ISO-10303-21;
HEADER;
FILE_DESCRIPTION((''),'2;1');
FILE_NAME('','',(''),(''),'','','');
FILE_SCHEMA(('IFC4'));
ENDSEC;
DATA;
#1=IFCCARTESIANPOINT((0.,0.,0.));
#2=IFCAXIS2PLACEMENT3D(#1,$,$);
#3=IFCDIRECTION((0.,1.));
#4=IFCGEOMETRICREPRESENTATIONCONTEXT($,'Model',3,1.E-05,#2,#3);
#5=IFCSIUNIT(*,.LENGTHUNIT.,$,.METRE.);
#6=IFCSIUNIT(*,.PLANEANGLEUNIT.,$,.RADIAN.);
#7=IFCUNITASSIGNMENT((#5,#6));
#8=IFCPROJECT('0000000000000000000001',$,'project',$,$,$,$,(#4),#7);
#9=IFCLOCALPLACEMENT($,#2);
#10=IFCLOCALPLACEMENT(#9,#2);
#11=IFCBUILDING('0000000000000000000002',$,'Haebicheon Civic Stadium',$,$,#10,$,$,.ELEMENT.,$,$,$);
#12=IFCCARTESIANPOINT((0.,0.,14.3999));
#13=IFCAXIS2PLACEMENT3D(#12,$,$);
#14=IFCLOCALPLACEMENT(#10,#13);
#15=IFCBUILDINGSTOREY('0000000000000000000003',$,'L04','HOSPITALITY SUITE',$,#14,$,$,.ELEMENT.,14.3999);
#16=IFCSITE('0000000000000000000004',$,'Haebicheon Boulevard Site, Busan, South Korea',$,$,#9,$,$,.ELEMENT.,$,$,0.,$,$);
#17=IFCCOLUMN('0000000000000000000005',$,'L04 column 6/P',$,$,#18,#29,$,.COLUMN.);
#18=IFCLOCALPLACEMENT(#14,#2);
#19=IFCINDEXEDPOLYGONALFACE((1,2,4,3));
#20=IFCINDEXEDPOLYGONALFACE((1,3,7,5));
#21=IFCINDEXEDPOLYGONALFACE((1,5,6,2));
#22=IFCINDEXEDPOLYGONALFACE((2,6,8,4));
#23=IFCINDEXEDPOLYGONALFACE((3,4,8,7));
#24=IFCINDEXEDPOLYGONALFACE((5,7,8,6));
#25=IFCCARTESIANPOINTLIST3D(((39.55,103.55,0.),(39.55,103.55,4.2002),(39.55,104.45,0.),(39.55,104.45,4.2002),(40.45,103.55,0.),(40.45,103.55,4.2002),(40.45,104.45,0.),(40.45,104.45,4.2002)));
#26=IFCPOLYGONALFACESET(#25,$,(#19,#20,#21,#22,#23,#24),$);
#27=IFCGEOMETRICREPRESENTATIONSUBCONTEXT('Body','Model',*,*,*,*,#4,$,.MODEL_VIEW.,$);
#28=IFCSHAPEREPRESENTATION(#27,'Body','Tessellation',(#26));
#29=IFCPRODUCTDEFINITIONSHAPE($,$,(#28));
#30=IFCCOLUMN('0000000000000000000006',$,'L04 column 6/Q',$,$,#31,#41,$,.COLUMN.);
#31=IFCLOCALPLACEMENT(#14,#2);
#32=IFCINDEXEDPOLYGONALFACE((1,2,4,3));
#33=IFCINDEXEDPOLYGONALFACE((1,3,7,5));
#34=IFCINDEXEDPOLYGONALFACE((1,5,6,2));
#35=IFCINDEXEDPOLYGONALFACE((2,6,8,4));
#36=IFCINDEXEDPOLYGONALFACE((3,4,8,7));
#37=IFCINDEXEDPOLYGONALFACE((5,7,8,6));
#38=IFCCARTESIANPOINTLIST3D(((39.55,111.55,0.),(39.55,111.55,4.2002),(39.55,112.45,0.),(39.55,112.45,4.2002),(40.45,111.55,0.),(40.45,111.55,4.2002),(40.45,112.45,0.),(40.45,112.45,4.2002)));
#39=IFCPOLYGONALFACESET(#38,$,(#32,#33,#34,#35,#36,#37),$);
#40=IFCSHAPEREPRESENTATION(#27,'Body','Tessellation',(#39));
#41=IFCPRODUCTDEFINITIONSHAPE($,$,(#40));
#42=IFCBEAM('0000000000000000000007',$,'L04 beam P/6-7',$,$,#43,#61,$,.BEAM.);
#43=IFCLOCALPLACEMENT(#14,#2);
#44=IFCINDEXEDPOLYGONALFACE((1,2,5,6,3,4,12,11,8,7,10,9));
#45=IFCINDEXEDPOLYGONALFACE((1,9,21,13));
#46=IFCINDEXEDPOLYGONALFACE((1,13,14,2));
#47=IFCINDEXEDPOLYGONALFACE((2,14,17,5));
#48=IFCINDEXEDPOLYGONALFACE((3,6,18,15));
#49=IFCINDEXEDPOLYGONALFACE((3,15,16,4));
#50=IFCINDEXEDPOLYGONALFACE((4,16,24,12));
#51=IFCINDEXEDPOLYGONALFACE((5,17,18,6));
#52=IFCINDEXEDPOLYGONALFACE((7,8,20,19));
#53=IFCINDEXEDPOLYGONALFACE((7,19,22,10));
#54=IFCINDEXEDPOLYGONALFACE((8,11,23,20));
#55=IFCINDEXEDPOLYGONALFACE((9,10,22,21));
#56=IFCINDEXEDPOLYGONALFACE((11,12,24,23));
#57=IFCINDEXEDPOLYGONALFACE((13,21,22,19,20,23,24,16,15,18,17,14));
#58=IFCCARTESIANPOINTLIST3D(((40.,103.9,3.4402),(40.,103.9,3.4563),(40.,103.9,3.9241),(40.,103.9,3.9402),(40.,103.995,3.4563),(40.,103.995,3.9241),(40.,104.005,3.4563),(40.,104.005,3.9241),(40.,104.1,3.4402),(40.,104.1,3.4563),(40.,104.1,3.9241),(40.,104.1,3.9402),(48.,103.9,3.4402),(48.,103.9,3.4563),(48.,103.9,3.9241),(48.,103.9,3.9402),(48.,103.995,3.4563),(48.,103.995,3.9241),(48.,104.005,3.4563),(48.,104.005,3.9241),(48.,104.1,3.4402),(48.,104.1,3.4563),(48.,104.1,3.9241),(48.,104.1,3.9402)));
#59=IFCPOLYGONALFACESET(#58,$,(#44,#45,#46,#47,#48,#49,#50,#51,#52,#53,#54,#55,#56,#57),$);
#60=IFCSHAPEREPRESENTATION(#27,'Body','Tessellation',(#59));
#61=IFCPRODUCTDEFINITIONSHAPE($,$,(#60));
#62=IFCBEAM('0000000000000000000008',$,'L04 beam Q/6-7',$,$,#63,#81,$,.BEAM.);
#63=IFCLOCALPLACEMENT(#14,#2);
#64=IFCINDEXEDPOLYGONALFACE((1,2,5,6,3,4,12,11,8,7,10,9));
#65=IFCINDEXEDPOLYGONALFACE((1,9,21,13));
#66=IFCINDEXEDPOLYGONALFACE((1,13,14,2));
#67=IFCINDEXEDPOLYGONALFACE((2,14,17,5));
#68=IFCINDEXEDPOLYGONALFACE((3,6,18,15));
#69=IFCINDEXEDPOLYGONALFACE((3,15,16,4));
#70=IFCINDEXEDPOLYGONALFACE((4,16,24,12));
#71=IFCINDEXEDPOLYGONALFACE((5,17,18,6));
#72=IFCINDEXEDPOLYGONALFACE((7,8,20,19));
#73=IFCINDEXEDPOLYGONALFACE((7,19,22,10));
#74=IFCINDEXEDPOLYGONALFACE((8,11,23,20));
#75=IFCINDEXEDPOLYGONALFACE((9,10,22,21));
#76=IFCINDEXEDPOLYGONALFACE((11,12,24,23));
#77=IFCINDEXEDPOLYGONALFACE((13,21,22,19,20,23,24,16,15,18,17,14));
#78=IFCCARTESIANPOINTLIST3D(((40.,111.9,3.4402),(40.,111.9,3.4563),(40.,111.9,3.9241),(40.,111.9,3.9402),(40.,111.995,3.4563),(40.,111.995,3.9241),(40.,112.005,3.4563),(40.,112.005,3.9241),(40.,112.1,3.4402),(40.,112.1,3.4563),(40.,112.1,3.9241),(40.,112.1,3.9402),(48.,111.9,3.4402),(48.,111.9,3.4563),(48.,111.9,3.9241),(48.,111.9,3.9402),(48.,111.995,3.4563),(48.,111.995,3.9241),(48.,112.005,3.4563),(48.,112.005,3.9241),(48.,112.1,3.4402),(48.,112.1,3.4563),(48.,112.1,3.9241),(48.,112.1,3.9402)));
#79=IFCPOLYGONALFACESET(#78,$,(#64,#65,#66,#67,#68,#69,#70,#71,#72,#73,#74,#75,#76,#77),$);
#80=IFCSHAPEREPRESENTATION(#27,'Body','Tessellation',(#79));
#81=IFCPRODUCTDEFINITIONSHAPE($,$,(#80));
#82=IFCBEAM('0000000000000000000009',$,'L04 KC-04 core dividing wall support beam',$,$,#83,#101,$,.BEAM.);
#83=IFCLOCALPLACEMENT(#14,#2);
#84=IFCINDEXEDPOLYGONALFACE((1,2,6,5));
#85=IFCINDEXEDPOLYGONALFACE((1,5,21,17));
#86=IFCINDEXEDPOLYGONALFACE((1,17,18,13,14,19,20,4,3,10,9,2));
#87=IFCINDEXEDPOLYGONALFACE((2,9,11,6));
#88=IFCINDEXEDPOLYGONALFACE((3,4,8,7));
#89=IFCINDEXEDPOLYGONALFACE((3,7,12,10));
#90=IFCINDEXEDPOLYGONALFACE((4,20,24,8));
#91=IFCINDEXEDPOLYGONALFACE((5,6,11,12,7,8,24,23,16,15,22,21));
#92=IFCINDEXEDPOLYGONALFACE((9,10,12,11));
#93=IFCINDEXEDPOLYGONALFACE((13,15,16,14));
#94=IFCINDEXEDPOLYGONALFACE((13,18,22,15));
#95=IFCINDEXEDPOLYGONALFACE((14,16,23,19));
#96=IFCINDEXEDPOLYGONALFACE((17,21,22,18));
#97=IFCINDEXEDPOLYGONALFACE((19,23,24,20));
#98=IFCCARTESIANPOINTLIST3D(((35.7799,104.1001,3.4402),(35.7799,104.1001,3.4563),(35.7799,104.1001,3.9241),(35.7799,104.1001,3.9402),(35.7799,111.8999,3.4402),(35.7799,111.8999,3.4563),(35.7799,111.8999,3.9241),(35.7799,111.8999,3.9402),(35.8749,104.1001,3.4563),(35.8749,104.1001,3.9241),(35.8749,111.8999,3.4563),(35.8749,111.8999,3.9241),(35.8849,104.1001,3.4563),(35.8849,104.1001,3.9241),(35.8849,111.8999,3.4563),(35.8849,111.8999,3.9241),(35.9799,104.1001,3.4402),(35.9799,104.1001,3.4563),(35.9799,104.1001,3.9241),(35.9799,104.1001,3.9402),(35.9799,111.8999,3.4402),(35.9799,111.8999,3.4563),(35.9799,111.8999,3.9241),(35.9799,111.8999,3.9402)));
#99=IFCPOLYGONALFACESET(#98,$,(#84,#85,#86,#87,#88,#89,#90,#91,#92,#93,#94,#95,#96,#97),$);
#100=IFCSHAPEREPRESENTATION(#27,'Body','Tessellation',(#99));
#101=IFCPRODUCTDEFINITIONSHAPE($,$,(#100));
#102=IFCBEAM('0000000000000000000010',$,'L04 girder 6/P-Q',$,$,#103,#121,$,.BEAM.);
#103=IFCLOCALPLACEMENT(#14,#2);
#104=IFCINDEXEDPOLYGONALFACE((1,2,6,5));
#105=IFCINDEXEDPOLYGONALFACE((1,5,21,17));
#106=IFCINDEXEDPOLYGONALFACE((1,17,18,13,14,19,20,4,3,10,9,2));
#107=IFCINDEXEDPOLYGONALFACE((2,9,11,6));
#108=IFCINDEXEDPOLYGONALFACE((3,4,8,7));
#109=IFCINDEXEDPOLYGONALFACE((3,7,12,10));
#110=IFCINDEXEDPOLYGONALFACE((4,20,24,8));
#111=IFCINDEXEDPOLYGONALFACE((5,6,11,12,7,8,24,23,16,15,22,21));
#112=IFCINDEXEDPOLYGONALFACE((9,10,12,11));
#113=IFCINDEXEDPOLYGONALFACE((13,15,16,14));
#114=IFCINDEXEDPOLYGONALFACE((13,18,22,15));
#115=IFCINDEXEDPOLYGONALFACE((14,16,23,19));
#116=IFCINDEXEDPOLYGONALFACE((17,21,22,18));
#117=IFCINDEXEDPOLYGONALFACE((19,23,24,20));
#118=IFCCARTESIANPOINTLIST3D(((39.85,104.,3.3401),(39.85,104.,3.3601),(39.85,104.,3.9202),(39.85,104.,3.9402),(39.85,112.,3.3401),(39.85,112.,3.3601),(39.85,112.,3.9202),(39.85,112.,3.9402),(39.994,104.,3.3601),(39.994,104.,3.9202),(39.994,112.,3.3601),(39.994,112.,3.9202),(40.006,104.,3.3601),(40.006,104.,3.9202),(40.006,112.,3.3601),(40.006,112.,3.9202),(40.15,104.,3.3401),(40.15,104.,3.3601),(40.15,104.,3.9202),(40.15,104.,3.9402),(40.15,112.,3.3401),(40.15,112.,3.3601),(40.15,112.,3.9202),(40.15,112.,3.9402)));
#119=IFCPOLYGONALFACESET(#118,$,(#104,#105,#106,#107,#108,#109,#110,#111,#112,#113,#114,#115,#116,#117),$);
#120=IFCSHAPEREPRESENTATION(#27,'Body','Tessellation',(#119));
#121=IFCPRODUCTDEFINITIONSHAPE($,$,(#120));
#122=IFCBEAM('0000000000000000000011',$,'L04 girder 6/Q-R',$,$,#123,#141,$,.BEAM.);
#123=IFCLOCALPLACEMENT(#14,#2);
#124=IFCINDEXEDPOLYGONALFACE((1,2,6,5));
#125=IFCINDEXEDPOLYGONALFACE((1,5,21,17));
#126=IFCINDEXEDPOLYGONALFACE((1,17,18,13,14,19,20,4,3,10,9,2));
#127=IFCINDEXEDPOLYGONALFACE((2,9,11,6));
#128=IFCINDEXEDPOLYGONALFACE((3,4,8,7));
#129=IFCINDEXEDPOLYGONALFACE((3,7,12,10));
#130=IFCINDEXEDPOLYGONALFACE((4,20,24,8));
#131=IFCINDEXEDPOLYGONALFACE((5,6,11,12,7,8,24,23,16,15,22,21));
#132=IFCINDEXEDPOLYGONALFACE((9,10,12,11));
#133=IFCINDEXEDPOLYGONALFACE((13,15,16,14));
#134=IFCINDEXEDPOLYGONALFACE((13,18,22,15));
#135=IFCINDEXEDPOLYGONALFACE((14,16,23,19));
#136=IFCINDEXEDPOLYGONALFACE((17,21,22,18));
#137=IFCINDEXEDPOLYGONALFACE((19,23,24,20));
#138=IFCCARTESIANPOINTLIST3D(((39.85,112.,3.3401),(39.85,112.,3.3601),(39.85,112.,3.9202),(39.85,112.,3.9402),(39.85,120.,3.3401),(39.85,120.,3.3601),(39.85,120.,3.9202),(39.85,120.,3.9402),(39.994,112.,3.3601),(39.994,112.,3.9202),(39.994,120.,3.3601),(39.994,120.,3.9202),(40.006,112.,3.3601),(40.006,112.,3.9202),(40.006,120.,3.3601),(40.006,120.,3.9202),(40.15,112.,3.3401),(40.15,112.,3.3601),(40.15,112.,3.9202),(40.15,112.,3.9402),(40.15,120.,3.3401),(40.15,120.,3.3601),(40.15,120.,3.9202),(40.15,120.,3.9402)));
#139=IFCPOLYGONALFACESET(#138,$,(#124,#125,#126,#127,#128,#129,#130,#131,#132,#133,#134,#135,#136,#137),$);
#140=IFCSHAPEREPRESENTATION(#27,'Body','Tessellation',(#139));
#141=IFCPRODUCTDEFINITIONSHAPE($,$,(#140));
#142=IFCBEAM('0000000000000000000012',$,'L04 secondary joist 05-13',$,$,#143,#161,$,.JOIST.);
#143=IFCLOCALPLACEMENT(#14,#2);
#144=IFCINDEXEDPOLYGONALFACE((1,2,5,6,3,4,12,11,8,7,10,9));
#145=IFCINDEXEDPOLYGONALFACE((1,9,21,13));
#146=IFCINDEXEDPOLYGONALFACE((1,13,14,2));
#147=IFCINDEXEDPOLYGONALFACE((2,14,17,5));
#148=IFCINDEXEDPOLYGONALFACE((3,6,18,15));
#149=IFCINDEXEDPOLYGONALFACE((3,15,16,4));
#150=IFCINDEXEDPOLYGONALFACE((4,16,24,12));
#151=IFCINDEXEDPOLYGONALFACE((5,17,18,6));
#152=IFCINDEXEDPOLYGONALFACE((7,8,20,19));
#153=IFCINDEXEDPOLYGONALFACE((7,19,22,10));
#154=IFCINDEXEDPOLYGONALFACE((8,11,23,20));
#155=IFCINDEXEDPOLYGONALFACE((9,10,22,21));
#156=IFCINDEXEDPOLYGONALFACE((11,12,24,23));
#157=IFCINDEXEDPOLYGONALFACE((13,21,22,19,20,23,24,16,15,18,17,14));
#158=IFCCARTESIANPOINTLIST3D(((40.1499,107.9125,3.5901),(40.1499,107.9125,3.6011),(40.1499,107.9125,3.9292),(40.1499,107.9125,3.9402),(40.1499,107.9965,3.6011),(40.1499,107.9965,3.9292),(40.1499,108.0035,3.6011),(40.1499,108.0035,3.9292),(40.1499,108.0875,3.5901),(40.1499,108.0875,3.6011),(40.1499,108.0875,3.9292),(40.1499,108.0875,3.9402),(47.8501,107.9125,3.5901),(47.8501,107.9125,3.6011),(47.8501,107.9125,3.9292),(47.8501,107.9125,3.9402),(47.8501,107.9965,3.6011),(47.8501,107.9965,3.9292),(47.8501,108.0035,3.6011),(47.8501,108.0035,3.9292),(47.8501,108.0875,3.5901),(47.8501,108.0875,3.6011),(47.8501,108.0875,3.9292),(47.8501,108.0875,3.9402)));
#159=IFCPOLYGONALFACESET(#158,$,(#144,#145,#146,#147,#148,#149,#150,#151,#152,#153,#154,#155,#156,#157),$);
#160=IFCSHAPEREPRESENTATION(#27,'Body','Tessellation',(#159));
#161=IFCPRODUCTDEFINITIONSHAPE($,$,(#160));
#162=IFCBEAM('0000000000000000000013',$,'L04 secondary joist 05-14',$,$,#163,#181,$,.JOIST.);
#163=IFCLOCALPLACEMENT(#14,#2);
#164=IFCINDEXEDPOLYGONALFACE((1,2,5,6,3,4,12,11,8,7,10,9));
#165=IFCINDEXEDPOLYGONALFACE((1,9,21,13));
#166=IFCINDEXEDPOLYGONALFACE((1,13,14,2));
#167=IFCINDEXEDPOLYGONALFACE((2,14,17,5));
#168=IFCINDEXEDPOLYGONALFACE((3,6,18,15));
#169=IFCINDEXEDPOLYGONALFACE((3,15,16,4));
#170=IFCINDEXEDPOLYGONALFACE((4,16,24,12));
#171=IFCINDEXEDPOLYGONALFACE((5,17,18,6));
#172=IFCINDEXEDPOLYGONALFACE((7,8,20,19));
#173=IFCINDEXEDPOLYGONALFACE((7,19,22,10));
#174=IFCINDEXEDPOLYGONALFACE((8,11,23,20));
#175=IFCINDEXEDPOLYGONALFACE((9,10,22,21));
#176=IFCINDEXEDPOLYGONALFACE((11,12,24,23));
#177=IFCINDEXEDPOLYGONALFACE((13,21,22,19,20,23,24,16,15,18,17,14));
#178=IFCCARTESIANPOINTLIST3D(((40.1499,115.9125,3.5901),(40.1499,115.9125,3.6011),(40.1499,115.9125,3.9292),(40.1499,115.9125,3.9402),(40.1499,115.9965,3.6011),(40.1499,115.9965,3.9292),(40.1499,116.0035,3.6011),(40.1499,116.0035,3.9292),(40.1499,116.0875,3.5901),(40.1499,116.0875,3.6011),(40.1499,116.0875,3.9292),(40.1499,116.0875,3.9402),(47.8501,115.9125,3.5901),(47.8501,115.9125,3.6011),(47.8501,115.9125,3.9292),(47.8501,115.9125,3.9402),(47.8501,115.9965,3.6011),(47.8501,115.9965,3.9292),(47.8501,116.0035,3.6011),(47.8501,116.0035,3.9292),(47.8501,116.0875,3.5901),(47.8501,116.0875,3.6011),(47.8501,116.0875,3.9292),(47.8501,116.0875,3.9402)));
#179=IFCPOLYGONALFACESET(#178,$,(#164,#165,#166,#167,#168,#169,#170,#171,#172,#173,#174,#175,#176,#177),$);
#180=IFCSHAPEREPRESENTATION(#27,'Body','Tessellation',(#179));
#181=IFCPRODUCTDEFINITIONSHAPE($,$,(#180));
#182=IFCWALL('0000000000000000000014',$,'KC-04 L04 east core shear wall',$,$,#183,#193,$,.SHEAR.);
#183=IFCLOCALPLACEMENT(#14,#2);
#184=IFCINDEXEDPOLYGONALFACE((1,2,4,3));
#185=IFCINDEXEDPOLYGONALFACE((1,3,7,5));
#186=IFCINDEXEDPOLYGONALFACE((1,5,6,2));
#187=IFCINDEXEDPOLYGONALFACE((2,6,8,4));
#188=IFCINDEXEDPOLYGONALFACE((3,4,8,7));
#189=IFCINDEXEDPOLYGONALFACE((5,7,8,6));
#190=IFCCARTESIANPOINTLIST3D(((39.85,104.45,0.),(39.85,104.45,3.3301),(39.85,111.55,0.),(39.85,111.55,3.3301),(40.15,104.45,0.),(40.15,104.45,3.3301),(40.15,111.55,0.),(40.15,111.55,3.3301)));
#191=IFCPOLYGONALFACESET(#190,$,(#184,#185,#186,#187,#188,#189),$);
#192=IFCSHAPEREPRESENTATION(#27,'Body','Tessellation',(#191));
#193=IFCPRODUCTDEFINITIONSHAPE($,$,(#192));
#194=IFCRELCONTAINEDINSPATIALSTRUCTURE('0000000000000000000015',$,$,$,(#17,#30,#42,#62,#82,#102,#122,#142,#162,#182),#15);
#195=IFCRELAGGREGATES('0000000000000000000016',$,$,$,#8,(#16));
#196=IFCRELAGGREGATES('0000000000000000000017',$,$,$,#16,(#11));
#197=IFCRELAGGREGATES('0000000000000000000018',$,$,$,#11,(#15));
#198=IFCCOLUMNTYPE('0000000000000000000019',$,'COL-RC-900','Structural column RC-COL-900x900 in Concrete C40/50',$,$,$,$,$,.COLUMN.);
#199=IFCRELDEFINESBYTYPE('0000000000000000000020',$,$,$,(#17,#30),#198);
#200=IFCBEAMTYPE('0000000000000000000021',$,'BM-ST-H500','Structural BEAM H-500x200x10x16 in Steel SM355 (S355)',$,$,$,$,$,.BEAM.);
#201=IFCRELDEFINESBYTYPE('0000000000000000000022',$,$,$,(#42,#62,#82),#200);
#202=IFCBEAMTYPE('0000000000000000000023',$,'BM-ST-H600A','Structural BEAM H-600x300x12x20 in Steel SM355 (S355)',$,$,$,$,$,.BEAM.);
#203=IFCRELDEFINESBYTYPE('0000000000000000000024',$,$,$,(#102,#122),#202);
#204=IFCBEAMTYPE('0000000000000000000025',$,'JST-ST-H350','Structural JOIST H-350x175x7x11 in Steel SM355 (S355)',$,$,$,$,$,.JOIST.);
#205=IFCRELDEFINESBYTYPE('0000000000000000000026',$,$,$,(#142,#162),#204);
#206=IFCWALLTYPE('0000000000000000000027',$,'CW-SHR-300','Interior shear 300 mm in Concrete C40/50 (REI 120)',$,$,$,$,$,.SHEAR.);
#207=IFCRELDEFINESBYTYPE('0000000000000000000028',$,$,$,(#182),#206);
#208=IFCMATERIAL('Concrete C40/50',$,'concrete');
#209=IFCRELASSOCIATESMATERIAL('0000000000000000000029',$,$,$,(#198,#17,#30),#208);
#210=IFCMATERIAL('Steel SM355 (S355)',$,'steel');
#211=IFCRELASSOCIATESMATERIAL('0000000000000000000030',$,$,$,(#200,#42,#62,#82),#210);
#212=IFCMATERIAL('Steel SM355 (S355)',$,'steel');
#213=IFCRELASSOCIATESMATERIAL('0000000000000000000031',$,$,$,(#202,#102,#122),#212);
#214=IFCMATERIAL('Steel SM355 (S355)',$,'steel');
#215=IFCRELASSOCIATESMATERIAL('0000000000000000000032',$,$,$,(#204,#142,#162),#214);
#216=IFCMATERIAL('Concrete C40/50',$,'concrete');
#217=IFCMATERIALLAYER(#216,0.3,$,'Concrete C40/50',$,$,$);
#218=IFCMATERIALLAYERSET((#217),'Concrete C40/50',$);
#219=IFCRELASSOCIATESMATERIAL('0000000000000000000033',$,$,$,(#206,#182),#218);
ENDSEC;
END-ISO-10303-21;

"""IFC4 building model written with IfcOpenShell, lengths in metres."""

from ifc_helpers import new_model, si_unit, direction, frame, frame_2d, origin, origin_2d, place, context, subcontext, project, spatial, rectangle, i_section, extrude, material, layer, layer_set, material_profile, profile_set, type_object, element, save


model = new_model("IFC4")

# Units and contexts
model_context = context("Model", 3, precision=1e-05, world=origin(), true_north=direction((0.0, 1.0)))
body_context = subcontext(model_context, "Body", "Model", "MODEL_VIEW")
ifc_project = project(units=[si_unit("LENGTHUNIT", "METRE"), si_unit("PLANEANGLEUNIT", "RADIAN")], contexts=[model_context])

# Site, building, storey
site_placement = place(None, origin())
site = spatial("IfcSite", under=ifc_project, at=site_placement, Name="Haebicheon Boulevard Site, Busan, South Korea", CompositionType="ELEMENT", RefElevation=0.0)
building_placement = place(site_placement, origin())
building = spatial("IfcBuilding", under=site, at=building_placement, Name="Haebicheon Civic Stadium", CompositionType="ELEMENT")
storey_placement = place(building_placement, frame((0.0, 0.0, 14.3999)))
storey = spatial("IfcBuildingStorey", under=building, at=storey_placement, Name="L04", Description="HOSPITALITY SUITE", CompositionType="ELEMENT", Elevation=14.3999)

# Columns
ifc_material_1 = material(Name="Concrete C40/50", Category="concrete")
ifc_material_profile_1 = material_profile(ifc_material_1, rectangle(XDim=0.8999, YDim=0.8999, at=origin_2d()), Name="RC-COL-900x900")
ifc_profile_set_1 = profile_set([ifc_material_profile_1], Name="Concrete C40/50")
column_type = type_object("IfcColumnType", Name="COL-RC-900", Description="Structural column RC-COL-900x900 in Concrete C40/50", PredefinedType="COLUMN", material=ifc_profile_set_1)
for number, where, z_axis, x_axis, name in (
    (1, (40.0, 104.0, 0.0), (0.0, 0.0, 1.0), (1.0, 0.0, 0.0), "L04 column 6/P"),
    (2, (40.0, 112.0, 0.0), (0.0, 0.0, 1.0), (1.0, 0.0, 0.0), "L04 column 6/Q"),
):
    element("IfcColumn", number, at=place(storey_placement, frame(where, z_axis=z_axis, x_axis=x_axis)), inside=storey, type_object=column_type, material=ifc_profile_set_1, Name=name, PredefinedType="COLUMN", context=body_context, shape_type="SweptSolid", body=[
        extrude(rectangle(XDim=0.8999, YDim=0.8999, at=origin_2d()), origin(), (0.0, 0.0, 1.0), 4.2002),
    ])

# Beams
ifc_material_2 = material(Name="Steel SM355 (S355)", Category="steel")
ifc_material_profile_2 = material_profile(ifc_material_2, i_section(OverallWidth=0.2, OverallDepth=0.5, WebThickness=0.01, FlangeThickness=0.0161, at=origin_2d()), Name="H-500x200x10x16")
ifc_profile_set_2 = profile_set([ifc_material_profile_2], Name="Steel SM355 (S355)")
beam_type_1 = type_object("IfcBeamType", Name="BM-ST-H500", Description="Structural BEAM H-500x200x10x16 in Steel SM355 (S355)", PredefinedType="BEAM", material=ifc_profile_set_2)
for number, where, z_axis, x_axis, name in (
    (3, (40.0, 104.0, 3.6902), (1.0, 0.0, 0.0), (0.0, 1.0, 0.0), "L04 beam P/6-7"),
    (4, (40.0, 112.0, 3.6902), (1.0, 0.0, 0.0), (0.0, 1.0, 0.0), "L04 beam Q/6-7"),
):
    element("IfcBeam", number, at=place(storey_placement, frame(where, z_axis=z_axis, x_axis=x_axis)), inside=storey, type_object=beam_type_1, material=ifc_profile_set_2, Name=name, PredefinedType="BEAM", context=body_context, shape_type="SweptSolid", body=[
        extrude(i_section(OverallWidth=0.2, OverallDepth=0.5, WebThickness=0.01, FlangeThickness=0.0161, at=origin_2d()), origin(), (0.0, 0.0, 1.0), 8.0),
    ])
beam_placement = place(storey_placement, frame((35.8799, 104.1001, 3.6902), z_axis=(0.0, 1.0, 0.0), x_axis=(-1.0, 0.0, 0.0)))
element("IfcBeam", 5, at=beam_placement, inside=storey, type_object=beam_type_1, material=ifc_profile_set_2, Name="L04 KC-04 core dividing wall support beam", PredefinedType="BEAM", context=body_context, shape_type="SweptSolid", body=[
    extrude(i_section(OverallWidth=0.2, OverallDepth=0.5, WebThickness=0.01, FlangeThickness=0.0161, at=origin_2d()), origin(), (0.0, 0.0, 1.0), 7.7998),
])
ifc_material_3 = material(Name="Steel SM355 (S355)", Category="steel")
ifc_material_profile_3 = material_profile(ifc_material_3, i_section(OverallWidth=0.3, OverallDepth=0.6001, WebThickness=0.012, FlangeThickness=0.02, at=origin_2d()), Name="H-600x300x12x20")
ifc_profile_set_3 = profile_set([ifc_material_profile_3], Name="Steel SM355 (S355)")
beam_type_2 = type_object("IfcBeamType", Name="BM-ST-H600A", Description="Structural BEAM H-600x300x12x20 in Steel SM355 (S355)", PredefinedType="BEAM", material=ifc_profile_set_3)
for number, where, z_axis, x_axis, name in (
    (6, (40.0, 104.0, 3.6401), (0.0, 1.0, 0.0), (-1.0, 0.0, 0.0), "L04 girder 6/P-Q"),
    (7, (40.0, 112.0, 3.6401), (0.0, 1.0, 0.0), (-1.0, 0.0, 0.0), "L04 girder 6/Q-R"),
):
    element("IfcBeam", number, at=place(storey_placement, frame(where, z_axis=z_axis, x_axis=x_axis)), inside=storey, type_object=beam_type_2, material=ifc_profile_set_3, Name=name, PredefinedType="BEAM", context=body_context, shape_type="SweptSolid", body=[
        extrude(i_section(OverallWidth=0.3, OverallDepth=0.6001, WebThickness=0.012, FlangeThickness=0.02, at=origin_2d()), origin(), (0.0, 0.0, 1.0), 8.0),
    ])
ifc_material_4 = material(Name="Steel SM355 (S355)", Category="steel")
ifc_material_profile_4 = material_profile(ifc_material_4, i_section(OverallWidth=0.175, OverallDepth=0.3501, WebThickness=0.0071, FlangeThickness=0.011, at=origin_2d()), Name="H-350x175x7x11")
ifc_profile_set_4 = profile_set([ifc_material_profile_4], Name="Steel SM355 (S355)")
beam_type_3 = type_object("IfcBeamType", Name="JST-ST-H350", Description="Structural JOIST H-350x175x7x11 in Steel SM355 (S355)", PredefinedType="JOIST", material=ifc_profile_set_4)
for number, where, z_axis, x_axis, name in (
    (8, (40.1499, 108.0, 3.7651), (1.0, 0.0, 0.0), (0.0, 1.0, 0.0), "L04 secondary joist 05-13"),
    (9, (40.1499, 116.0, 3.7651), (1.0, 0.0, 0.0), (0.0, 1.0, 0.0), "L04 secondary joist 05-14"),
):
    element("IfcBeam", number, at=place(storey_placement, frame(where, z_axis=z_axis, x_axis=x_axis)), inside=storey, type_object=beam_type_3, material=ifc_profile_set_4, Name=name, PredefinedType="JOIST", context=body_context, shape_type="SweptSolid", body=[
        extrude(i_section(OverallWidth=0.175, OverallDepth=0.3501, WebThickness=0.0071, FlangeThickness=0.011, at=origin_2d()), origin(), (0.0, 0.0, 1.0), 7.7002),
    ])

# Wall
ifc_material_5 = material(Name="Concrete C40/50", Category="concrete")
ifc_layer = layer(ifc_material_5, 0.3, Name="Concrete C40/50")
ifc_layer_set = layer_set([ifc_layer], Name="Concrete C40/50")
wall_type = type_object("IfcWallType", Name="CW-SHR-300", Description="Interior shear 300 mm in Concrete C40/50 (REI 120)", PredefinedType="SHEAR", material=ifc_layer_set)
wall_1_placement = place(storey_placement, frame((40.0, 104.45, 0.0), z_axis=(0.0, 0.0, 1.0), x_axis=(0.0, 1.0, 0.0)))
element("IfcWall", 10, at=wall_1_placement, inside=storey, type_object=wall_type, material=ifc_layer_set, Name="KC-04 L04 east core shear wall", PredefinedType="SHEAR", context=body_context, shape_type="SweptSolid", body=[
    extrude(rectangle(XDim=7.1001, YDim=0.3, at=frame_2d((3.55, 0.0))), origin(), (0.0, 0.0, 1.0), 3.3301),
])

save(model, "model.ifc")
